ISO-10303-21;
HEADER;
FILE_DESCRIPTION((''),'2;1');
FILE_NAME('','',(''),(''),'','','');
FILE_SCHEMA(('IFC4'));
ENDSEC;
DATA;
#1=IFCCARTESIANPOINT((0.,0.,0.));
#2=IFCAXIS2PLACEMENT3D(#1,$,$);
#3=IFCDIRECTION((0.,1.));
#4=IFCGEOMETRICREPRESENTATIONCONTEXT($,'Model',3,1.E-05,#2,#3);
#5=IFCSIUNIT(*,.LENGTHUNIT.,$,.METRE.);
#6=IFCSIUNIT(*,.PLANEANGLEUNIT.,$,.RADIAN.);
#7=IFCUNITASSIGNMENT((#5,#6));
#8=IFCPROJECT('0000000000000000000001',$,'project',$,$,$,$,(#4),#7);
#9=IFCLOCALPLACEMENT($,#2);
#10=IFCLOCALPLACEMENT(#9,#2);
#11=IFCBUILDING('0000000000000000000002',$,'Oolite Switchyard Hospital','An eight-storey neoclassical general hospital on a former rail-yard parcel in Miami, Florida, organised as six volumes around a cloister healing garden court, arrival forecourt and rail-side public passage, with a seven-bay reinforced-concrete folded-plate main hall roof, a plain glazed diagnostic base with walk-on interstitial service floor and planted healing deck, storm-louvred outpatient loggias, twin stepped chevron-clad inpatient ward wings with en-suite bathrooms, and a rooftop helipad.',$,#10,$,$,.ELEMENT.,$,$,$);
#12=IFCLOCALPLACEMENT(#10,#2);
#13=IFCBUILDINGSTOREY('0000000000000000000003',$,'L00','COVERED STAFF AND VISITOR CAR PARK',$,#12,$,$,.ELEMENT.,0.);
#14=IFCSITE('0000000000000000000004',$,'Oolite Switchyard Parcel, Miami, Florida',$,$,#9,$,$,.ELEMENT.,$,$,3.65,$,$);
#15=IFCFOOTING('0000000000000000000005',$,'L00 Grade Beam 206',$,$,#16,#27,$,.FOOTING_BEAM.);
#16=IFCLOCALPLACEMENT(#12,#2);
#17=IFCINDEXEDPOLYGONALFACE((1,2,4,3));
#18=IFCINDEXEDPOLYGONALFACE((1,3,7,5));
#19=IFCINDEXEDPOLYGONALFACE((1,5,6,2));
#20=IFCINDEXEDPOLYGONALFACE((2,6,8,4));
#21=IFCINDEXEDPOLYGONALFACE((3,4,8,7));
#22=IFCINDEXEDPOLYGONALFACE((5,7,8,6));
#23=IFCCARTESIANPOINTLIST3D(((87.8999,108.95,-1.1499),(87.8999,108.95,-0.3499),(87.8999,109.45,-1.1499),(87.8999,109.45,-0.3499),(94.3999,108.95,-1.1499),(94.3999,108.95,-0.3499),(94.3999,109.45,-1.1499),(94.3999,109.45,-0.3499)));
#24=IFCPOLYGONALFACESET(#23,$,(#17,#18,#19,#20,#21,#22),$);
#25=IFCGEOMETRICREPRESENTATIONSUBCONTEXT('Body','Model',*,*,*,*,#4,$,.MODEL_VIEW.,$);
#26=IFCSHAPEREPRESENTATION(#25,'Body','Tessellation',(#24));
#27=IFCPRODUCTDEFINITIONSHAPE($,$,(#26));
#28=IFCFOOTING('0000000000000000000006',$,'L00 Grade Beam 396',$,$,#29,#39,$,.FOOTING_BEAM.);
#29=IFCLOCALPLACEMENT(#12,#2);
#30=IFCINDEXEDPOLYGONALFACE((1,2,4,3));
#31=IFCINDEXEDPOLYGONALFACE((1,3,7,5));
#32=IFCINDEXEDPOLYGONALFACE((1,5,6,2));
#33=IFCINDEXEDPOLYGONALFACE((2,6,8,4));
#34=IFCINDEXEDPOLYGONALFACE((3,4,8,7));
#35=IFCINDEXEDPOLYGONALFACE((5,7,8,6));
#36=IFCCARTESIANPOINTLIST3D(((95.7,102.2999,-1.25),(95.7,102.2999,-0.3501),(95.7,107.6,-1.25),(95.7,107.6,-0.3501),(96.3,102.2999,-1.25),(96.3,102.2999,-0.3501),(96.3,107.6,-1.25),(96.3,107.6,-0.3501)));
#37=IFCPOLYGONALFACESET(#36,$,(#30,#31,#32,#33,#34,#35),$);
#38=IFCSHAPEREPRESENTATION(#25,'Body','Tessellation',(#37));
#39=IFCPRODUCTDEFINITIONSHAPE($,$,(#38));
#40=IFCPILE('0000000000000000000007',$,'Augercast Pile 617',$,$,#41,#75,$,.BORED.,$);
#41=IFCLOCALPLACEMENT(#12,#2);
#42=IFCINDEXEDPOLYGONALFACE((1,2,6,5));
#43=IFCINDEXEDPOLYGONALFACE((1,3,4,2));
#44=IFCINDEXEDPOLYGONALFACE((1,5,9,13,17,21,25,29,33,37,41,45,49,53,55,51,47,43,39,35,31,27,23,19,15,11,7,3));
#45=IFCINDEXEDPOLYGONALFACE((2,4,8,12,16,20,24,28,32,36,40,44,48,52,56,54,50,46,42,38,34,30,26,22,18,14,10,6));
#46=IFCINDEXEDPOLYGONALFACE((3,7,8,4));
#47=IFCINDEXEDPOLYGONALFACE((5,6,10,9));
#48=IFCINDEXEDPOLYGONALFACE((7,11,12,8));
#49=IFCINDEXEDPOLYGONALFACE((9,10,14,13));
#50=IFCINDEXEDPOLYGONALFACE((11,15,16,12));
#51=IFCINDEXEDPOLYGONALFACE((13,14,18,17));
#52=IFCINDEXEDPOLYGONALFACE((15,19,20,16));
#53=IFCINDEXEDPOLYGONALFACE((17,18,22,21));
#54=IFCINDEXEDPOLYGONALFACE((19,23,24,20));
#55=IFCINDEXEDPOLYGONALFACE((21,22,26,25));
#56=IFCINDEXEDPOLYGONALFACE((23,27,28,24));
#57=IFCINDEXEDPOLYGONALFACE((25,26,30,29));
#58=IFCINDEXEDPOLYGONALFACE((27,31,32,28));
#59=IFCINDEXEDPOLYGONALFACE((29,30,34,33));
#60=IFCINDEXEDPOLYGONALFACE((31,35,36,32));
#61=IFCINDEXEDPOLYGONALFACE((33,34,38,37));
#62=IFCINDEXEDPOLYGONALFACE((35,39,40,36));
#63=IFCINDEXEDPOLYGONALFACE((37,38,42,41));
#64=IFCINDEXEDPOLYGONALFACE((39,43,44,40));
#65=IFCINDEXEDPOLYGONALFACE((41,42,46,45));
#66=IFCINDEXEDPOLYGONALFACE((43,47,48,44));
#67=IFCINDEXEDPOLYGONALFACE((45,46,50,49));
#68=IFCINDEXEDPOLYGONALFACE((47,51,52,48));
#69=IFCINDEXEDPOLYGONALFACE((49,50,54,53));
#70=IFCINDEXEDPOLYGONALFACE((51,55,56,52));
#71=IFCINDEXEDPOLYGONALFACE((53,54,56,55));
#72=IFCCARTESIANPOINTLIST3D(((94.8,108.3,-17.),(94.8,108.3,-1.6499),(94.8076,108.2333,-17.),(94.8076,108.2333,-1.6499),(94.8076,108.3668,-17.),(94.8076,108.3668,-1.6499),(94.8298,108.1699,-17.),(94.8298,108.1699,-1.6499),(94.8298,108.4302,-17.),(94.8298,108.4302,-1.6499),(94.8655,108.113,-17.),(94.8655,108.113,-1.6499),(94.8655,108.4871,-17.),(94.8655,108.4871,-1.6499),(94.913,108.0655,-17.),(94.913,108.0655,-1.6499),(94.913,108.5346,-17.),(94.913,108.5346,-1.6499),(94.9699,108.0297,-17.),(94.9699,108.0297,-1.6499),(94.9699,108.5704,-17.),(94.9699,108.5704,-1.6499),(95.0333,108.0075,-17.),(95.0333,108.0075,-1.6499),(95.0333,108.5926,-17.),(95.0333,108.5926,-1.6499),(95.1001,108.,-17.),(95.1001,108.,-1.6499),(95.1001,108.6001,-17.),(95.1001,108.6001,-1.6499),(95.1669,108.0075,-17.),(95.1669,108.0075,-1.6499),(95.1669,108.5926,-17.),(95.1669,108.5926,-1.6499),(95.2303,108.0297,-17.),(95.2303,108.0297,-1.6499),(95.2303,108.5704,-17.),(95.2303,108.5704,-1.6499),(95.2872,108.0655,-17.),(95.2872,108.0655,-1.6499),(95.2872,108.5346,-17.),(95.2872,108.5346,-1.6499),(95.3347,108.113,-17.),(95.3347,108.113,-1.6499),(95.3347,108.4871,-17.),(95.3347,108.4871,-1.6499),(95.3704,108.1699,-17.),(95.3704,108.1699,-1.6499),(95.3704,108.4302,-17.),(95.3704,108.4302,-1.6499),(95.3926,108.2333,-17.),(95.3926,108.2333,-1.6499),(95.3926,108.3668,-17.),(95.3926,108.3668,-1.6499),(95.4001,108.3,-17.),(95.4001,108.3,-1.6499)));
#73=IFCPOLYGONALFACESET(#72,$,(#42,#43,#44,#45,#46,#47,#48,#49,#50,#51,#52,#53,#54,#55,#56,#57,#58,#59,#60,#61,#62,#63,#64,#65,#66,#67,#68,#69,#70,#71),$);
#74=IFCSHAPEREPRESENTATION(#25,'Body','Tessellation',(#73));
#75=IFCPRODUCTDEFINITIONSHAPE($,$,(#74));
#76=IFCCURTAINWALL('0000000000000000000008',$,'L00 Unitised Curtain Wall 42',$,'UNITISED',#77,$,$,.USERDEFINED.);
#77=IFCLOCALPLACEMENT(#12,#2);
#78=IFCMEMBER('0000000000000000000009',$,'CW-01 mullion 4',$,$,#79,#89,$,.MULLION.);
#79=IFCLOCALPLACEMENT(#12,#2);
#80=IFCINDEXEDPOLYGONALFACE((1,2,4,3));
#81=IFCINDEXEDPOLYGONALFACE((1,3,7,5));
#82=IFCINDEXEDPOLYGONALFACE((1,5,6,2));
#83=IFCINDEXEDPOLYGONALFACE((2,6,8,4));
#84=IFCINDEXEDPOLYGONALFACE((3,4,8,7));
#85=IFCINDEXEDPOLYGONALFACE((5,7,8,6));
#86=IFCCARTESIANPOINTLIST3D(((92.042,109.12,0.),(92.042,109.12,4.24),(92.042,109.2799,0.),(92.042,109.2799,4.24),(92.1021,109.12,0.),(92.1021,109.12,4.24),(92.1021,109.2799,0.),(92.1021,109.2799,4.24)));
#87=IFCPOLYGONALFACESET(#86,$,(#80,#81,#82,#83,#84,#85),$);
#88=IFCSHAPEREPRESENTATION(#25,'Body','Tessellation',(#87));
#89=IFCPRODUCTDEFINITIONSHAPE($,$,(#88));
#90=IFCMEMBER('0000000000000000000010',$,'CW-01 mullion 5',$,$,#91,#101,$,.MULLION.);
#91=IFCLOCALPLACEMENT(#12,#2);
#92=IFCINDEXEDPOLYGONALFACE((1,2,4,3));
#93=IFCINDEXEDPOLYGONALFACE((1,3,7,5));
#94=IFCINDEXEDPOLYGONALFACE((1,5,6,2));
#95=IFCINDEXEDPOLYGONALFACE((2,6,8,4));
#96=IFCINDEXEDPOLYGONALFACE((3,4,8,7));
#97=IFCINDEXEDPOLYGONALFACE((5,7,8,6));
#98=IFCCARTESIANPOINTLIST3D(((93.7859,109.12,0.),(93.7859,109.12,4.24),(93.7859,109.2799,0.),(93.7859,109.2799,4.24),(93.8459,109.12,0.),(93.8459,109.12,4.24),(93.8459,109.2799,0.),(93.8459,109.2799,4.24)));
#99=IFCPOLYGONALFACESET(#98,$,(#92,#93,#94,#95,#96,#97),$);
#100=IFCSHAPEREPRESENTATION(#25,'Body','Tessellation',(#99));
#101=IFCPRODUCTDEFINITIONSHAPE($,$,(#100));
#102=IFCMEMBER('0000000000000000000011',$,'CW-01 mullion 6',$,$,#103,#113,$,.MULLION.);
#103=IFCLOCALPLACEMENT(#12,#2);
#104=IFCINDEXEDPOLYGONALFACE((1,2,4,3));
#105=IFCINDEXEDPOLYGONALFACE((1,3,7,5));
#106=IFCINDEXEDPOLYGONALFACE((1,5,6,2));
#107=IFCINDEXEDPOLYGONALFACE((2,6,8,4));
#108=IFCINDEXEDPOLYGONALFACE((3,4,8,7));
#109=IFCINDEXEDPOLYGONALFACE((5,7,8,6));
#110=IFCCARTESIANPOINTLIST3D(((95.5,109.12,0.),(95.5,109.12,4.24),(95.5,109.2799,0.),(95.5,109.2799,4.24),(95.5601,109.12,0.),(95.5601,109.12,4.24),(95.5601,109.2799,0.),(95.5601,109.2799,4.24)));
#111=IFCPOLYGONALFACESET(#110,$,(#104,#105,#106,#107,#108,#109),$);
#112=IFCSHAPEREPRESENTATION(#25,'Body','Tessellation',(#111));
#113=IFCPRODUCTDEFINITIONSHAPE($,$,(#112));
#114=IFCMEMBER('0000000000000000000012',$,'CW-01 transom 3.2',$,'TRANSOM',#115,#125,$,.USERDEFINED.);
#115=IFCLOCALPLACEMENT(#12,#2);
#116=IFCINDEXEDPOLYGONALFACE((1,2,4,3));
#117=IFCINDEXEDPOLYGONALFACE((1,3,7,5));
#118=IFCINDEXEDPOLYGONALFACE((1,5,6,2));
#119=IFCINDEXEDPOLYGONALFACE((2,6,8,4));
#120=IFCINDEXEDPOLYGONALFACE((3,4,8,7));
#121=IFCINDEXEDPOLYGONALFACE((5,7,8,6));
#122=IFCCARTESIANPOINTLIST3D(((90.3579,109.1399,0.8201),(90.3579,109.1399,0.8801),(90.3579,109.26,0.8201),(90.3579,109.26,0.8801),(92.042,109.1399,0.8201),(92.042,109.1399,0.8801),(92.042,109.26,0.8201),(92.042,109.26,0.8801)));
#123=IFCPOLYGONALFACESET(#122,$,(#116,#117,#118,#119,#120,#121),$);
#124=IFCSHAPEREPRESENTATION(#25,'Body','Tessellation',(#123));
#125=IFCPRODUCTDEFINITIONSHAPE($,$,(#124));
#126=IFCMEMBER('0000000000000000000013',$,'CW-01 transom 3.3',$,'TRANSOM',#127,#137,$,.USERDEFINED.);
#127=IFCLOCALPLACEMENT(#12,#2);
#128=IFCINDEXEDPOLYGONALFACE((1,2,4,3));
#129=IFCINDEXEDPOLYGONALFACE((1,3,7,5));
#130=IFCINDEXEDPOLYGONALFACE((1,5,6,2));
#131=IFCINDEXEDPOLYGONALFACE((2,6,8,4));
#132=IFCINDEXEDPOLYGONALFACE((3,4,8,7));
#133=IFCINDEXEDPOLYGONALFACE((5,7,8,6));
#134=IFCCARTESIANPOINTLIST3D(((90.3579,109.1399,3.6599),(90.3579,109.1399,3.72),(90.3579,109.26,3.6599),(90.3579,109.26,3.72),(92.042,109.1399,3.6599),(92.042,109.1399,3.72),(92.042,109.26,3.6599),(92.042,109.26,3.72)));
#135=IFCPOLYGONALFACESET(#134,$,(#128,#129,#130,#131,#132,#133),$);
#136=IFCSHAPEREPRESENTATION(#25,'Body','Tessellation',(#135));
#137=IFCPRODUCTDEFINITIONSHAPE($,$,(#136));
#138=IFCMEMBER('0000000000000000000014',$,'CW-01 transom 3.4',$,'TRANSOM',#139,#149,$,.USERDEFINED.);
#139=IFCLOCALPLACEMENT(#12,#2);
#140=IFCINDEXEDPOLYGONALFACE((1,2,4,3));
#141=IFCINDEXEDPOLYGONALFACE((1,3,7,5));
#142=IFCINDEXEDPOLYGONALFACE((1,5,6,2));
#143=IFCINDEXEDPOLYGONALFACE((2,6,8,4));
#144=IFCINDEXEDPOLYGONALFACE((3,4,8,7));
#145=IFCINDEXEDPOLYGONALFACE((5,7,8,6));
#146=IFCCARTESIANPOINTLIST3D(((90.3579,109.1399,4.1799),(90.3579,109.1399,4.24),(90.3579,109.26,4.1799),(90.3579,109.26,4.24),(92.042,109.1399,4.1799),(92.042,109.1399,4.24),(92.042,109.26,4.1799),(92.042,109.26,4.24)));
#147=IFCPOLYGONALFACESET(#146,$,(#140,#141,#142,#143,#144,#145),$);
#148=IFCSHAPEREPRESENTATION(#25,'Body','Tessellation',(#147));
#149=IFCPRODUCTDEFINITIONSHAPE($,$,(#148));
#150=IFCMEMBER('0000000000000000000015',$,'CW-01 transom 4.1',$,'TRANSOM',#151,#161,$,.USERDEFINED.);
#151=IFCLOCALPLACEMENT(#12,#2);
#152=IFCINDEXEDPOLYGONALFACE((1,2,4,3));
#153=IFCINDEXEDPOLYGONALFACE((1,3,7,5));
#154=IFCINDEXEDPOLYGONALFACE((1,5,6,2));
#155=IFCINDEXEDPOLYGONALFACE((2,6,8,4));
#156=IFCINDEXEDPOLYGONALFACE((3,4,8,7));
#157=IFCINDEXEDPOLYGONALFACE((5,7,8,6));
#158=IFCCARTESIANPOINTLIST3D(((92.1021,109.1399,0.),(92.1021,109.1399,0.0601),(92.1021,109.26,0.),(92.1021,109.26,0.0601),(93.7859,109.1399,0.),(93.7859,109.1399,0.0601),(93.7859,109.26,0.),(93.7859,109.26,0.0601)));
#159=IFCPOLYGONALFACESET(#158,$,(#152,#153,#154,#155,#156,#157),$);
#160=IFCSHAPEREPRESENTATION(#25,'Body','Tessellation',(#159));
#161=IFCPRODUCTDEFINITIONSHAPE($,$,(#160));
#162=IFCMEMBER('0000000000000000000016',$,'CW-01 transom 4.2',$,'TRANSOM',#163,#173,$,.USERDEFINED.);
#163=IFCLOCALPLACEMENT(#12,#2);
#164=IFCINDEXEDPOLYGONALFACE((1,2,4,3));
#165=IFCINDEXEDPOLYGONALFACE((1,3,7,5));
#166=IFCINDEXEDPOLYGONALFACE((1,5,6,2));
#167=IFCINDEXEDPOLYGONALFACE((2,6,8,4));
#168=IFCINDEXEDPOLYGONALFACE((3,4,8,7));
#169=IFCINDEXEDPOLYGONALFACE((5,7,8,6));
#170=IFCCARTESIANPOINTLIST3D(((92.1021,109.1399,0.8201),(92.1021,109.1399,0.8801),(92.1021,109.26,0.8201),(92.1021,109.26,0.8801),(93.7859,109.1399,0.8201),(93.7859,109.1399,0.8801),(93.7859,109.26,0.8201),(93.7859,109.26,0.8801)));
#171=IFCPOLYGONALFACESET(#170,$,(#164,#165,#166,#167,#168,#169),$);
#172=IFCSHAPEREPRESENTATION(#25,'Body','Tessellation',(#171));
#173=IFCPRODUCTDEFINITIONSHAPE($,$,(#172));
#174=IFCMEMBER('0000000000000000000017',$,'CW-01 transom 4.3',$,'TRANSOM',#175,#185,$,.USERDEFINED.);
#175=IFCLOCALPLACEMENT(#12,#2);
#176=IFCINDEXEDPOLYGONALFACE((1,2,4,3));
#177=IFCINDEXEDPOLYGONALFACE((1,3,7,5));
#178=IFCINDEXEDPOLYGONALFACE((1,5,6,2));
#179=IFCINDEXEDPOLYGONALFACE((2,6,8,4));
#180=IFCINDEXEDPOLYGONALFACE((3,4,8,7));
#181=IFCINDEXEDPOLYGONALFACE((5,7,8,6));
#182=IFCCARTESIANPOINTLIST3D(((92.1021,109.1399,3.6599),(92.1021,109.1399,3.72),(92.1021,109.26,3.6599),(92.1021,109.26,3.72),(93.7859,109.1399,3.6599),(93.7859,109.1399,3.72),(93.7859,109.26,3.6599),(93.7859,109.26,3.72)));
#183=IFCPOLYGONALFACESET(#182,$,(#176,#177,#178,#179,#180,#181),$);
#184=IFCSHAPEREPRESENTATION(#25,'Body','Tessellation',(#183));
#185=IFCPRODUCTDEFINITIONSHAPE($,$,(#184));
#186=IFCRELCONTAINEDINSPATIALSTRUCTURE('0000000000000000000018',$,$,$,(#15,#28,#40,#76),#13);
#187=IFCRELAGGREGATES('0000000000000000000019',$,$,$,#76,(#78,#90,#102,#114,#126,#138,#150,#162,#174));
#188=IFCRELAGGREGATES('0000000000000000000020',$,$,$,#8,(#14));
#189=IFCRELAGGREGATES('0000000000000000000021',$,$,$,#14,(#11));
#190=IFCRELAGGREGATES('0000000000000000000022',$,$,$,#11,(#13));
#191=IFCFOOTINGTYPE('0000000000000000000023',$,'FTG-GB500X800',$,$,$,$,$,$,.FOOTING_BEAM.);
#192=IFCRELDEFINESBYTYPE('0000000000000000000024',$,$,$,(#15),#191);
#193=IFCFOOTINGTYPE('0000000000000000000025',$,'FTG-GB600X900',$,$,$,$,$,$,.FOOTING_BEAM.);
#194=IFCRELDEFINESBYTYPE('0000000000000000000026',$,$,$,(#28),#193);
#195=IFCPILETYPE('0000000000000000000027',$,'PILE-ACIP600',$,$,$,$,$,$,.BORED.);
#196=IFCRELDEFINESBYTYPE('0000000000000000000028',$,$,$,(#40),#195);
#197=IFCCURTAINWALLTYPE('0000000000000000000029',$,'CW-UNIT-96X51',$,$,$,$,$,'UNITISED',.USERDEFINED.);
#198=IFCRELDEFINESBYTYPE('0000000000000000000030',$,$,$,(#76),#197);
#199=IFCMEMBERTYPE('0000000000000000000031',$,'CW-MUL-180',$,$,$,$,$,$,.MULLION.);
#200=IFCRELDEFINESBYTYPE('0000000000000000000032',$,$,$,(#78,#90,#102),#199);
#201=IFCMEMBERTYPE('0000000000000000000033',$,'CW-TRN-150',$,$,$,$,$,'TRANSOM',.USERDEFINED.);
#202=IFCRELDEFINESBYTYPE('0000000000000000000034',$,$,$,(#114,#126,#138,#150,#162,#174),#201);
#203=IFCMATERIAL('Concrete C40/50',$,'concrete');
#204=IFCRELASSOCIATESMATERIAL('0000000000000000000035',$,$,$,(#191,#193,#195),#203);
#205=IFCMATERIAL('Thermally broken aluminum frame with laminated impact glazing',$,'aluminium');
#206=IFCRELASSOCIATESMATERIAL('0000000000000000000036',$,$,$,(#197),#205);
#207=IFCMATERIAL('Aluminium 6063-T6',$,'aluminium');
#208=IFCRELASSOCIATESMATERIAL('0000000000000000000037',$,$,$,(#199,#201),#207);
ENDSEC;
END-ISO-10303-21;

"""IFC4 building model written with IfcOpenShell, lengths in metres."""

from ifc_helpers import new_model, si_unit, direction, frame, origin, origin_2d, place, context, subcontext, project, spatial, rectangle, circle, extrude, material, material_profile, profile_set, type_object, element, aggregate, save


model = new_model("IFC4")

# Units and contexts
model_context = context("Model", 3, precision=1e-05, world=origin(), true_north=direction((0.0, 1.0)))
body_context = subcontext(model_context, "Body", "Model", "MODEL_VIEW")
ifc_project = project(units=[si_unit("LENGTHUNIT", "METRE"), si_unit("PLANEANGLEUNIT", "RADIAN")], contexts=[model_context])

# Site, building, storey
site_placement = place(None, origin())
site = spatial("IfcSite", under=ifc_project, at=site_placement, Name="Oolite Switchyard Parcel, Miami, Florida", CompositionType="ELEMENT", RefElevation=3.65)
building_placement = place(site_placement, origin())
building = spatial("IfcBuilding", under=site, at=building_placement, Name="Oolite Switchyard Hospital", Description="An eight-storey neoclassical general hospital on a former rail-yard parcel in Miami, Florida, organised as six volumes around a cloister healing garden court, arrival forecourt and rail-side public passage, with a seven-bay reinforced-concrete folded-plate main hall roof, a plain glazed diagnostic base with walk-on interstitial service floor and planted healing deck, storm-louvred outpatient loggias, twin stepped chevron-clad inpatient ward wings with en-suite bathrooms, and a rooftop helipad.", CompositionType="ELEMENT")
storey_placement = place(building_placement, origin())
storey = spatial("IfcBuildingStorey", under=building, at=storey_placement, Name="L00", Description="COVERED STAFF AND VISITOR CAR PARK", CompositionType="ELEMENT", Elevation=0.0)

# Footings
ifc_material_1 = material(Name="Concrete C40/50", Category="concrete")
footing_type_1 = type_object("IfcFootingType", Name="FTG-GB500X800", PredefinedType="FOOTING_BEAM", material=ifc_material_1)
footing_1_placement = place(storey_placement, frame((91.1499, 109.2, -1.1499), z_axis=(0.0, 0.0, 1.0), x_axis=(1.0, 0.0, 0.0)))
element("IfcFooting", 1, at=footing_1_placement, inside=storey, type_object=footing_type_1, Name="L00 Grade Beam 206", PredefinedType="FOOTING_BEAM", context=body_context, shape_type="SweptSolid", body=[
    extrude(rectangle(XDim=6.5, YDim=0.5, at=origin_2d()), origin(), (0.0, 0.0, 1.0), 0.8),
])
footing_type_2 = type_object("IfcFootingType", Name="FTG-GB600X900", PredefinedType="FOOTING_BEAM", material=ifc_material_1)
footing_2_placement = place(storey_placement, frame((96.0, 104.95, -1.25), z_axis=(0.0, 0.0, 1.0), x_axis=(0.0, 1.0, 0.0)))
element("IfcFooting", 2, at=footing_2_placement, inside=storey, type_object=footing_type_2, Name="L00 Grade Beam 396", PredefinedType="FOOTING_BEAM", context=body_context, shape_type="SweptSolid", body=[
    extrude(rectangle(XDim=5.3, YDim=0.6001, at=origin_2d()), origin(), (0.0, 0.0, 1.0), 0.8999),
])

# Pile
ifc_material_profile_1 = material_profile(ifc_material_1, circle(Radius=0.3, at=origin_2d()), Name="PILE600")
ifc_profile_set_1 = profile_set([ifc_material_profile_1], Name="Concrete C40/50")
pile_type = type_object("IfcPileType", Name="PILE-ACIP600", PredefinedType="BORED", material=ifc_profile_set_1)
pile_placement = place(storey_placement, frame((95.1001, 108.3, -1.6499), z_axis=(0.0, 0.0, -1.0), x_axis=(1.0, 0.0, 0.0)))
element("IfcPile", 3, at=pile_placement, inside=storey, type_object=pile_type, Name="Augercast Pile 617", PredefinedType="BORED", context=body_context, shape_type="SweptSolid", body=[
    extrude(circle(Radius=0.3, at=origin_2d()), origin(), (0.0, 0.0, 1.0), 15.3501),
])

# Curtain wall, members
ifc_material_2 = material(Name="Thermally broken aluminum frame with laminated impact glazing", Category="aluminium")
curtain_wall_type = type_object("IfcCurtainWallType", Name="CW-UNIT-96X51", ElementType="UNITISED", PredefinedType="USERDEFINED", material=ifc_material_2)
curtain_wall_placement = place(storey_placement, origin())
curtain_wall = element("IfcCurtainWall", 4, at=curtain_wall_placement, inside=storey, type_object=curtain_wall_type, Name="L00 Unitised Curtain Wall 42", ObjectType="UNITISED", PredefinedType="USERDEFINED")
ifc_material_3 = material(Name="Aluminium 6063-T6", Category="aluminium")
ifc_material_profile_2 = material_profile(ifc_material_3, rectangle(XDim=0.1599, YDim=0.0601, at=origin_2d()), Name="CWM60X160")
ifc_profile_set_2 = profile_set([ifc_material_profile_2], Name="Aluminium 6063-T6")
member_type_1 = type_object("IfcMemberType", Name="CW-MUL-180", PredefinedType="MULLION", material=ifc_profile_set_2)
member_1_placement = place(storey_placement, frame((92.072, 109.2, 0.0), z_axis=(0.0, 0.0, 1.0), x_axis=(0.0, 1.0, 0.0)))
member_1 = element("IfcMember", 5, at=member_1_placement, type_object=member_type_1, Name="CW-01 mullion 4", PredefinedType="MULLION", context=body_context, shape_type="SweptSolid", body=[
    extrude(rectangle(XDim=0.1599, YDim=0.0601, at=origin_2d()), origin(), (0.0, 0.0, 1.0), 4.24),
])
member_2_placement = place(storey_placement, frame((93.8159, 109.2, 0.0), z_axis=(0.0, 0.0, 1.0), x_axis=(0.0, 1.0, 0.0)))
member_2 = element("IfcMember", 6, at=member_2_placement, type_object=member_type_1, Name="CW-01 mullion 5", PredefinedType="MULLION", context=body_context, shape_type="SweptSolid", body=[
    extrude(rectangle(XDim=0.1599, YDim=0.0601, at=origin_2d()), origin(), (0.0, 0.0, 1.0), 4.24),
])
member_3_placement = place(storey_placement, frame((95.53, 109.2, 0.0), z_axis=(0.0, 0.0, 1.0), x_axis=(0.0, 1.0, 0.0)))
member_3 = element("IfcMember", 7, at=member_3_placement, type_object=member_type_1, Name="CW-01 mullion 6", PredefinedType="MULLION", context=body_context, shape_type="SweptSolid", body=[
    extrude(rectangle(XDim=0.1599, YDim=0.0601, at=origin_2d()), origin(), (0.0, 0.0, 1.0), 4.24),
])
ifc_material_profile_3 = material_profile(ifc_material_3, rectangle(XDim=0.1201, YDim=0.0601, at=origin_2d()), Name="CWT60X120")
ifc_profile_set_3 = profile_set([ifc_material_profile_3], Name="Aluminium 6063-T6")
member_type_2 = type_object("IfcMemberType", Name="CW-TRN-150", ElementType="TRANSOM", PredefinedType="USERDEFINED", material=ifc_profile_set_3)
member_4_placement = place(storey_placement, frame((90.3579, 109.2, 0.8501), z_axis=(1.0, 0.0, 0.0), x_axis=(0.0, 1.0, 0.0)))
member_4 = element("IfcMember", 8, at=member_4_placement, type_object=member_type_2, Name="CW-01 transom 3.2", ObjectType="TRANSOM", PredefinedType="USERDEFINED", context=body_context, shape_type="SweptSolid", body=[
    extrude(rectangle(XDim=0.1201, YDim=0.0601, at=origin_2d()), origin(), (0.0, 0.0, 1.0), 1.6841),
])
member_5_placement = place(storey_placement, frame((90.3579, 109.2, 3.6899), z_axis=(1.0, 0.0, 0.0), x_axis=(0.0, 1.0, 0.0)))
member_5 = element("IfcMember", 9, at=member_5_placement, type_object=member_type_2, Name="CW-01 transom 3.3", ObjectType="TRANSOM", PredefinedType="USERDEFINED", context=body_context, shape_type="SweptSolid", body=[
    extrude(rectangle(XDim=0.1201, YDim=0.0601, at=origin_2d()), origin(), (0.0, 0.0, 1.0), 1.6841),
])
member_6_placement = place(storey_placement, frame((90.3579, 109.2, 4.21), z_axis=(1.0, 0.0, 0.0), x_axis=(0.0, 1.0, 0.0)))
member_6 = element("IfcMember", 10, at=member_6_placement, type_object=member_type_2, Name="CW-01 transom 3.4", ObjectType="TRANSOM", PredefinedType="USERDEFINED", context=body_context, shape_type="SweptSolid", body=[
    extrude(rectangle(XDim=0.1201, YDim=0.0601, at=origin_2d()), origin(), (0.0, 0.0, 1.0), 1.6841),
])
member_7_placement = place(storey_placement, frame((92.1021, 109.2, 0.03), z_axis=(1.0, 0.0, 0.0), x_axis=(0.0, 1.0, 0.0)))
member_7 = element("IfcMember", 11, at=member_7_placement, type_object=member_type_2, Name="CW-01 transom 4.1", ObjectType="TRANSOM", PredefinedType="USERDEFINED", context=body_context, shape_type="SweptSolid", body=[
    extrude(rectangle(XDim=0.1201, YDim=0.0601, at=origin_2d()), origin(), (0.0, 0.0, 1.0), 1.6838),
])
member_8_placement = place(storey_placement, frame((92.1021, 109.2, 0.8501), z_axis=(1.0, 0.0, 0.0), x_axis=(0.0, 1.0, 0.0)))
member_8 = element("IfcMember", 12, at=member_8_placement, type_object=member_type_2, Name="CW-01 transom 4.2", ObjectType="TRANSOM", PredefinedType="USERDEFINED", context=body_context, shape_type="SweptSolid", body=[
    extrude(rectangle(XDim=0.1201, YDim=0.0601, at=origin_2d()), origin(), (0.0, 0.0, 1.0), 1.6838),
])
member_9_placement = place(storey_placement, frame((92.1021, 109.2, 3.6899), z_axis=(1.0, 0.0, 0.0), x_axis=(0.0, 1.0, 0.0)))
member_9 = element("IfcMember", 13, at=member_9_placement, type_object=member_type_2, Name="CW-01 transom 4.3", ObjectType="TRANSOM", PredefinedType="USERDEFINED", context=body_context, shape_type="SweptSolid", body=[
    extrude(rectangle(XDim=0.1201, YDim=0.0601, at=origin_2d()), origin(), (0.0, 0.0, 1.0), 1.6838),
])
aggregate(curtain_wall, [member_1, member_2, member_3, member_4, member_5, member_6, member_7, member_8, member_9])

save(model, "model.ifc")
